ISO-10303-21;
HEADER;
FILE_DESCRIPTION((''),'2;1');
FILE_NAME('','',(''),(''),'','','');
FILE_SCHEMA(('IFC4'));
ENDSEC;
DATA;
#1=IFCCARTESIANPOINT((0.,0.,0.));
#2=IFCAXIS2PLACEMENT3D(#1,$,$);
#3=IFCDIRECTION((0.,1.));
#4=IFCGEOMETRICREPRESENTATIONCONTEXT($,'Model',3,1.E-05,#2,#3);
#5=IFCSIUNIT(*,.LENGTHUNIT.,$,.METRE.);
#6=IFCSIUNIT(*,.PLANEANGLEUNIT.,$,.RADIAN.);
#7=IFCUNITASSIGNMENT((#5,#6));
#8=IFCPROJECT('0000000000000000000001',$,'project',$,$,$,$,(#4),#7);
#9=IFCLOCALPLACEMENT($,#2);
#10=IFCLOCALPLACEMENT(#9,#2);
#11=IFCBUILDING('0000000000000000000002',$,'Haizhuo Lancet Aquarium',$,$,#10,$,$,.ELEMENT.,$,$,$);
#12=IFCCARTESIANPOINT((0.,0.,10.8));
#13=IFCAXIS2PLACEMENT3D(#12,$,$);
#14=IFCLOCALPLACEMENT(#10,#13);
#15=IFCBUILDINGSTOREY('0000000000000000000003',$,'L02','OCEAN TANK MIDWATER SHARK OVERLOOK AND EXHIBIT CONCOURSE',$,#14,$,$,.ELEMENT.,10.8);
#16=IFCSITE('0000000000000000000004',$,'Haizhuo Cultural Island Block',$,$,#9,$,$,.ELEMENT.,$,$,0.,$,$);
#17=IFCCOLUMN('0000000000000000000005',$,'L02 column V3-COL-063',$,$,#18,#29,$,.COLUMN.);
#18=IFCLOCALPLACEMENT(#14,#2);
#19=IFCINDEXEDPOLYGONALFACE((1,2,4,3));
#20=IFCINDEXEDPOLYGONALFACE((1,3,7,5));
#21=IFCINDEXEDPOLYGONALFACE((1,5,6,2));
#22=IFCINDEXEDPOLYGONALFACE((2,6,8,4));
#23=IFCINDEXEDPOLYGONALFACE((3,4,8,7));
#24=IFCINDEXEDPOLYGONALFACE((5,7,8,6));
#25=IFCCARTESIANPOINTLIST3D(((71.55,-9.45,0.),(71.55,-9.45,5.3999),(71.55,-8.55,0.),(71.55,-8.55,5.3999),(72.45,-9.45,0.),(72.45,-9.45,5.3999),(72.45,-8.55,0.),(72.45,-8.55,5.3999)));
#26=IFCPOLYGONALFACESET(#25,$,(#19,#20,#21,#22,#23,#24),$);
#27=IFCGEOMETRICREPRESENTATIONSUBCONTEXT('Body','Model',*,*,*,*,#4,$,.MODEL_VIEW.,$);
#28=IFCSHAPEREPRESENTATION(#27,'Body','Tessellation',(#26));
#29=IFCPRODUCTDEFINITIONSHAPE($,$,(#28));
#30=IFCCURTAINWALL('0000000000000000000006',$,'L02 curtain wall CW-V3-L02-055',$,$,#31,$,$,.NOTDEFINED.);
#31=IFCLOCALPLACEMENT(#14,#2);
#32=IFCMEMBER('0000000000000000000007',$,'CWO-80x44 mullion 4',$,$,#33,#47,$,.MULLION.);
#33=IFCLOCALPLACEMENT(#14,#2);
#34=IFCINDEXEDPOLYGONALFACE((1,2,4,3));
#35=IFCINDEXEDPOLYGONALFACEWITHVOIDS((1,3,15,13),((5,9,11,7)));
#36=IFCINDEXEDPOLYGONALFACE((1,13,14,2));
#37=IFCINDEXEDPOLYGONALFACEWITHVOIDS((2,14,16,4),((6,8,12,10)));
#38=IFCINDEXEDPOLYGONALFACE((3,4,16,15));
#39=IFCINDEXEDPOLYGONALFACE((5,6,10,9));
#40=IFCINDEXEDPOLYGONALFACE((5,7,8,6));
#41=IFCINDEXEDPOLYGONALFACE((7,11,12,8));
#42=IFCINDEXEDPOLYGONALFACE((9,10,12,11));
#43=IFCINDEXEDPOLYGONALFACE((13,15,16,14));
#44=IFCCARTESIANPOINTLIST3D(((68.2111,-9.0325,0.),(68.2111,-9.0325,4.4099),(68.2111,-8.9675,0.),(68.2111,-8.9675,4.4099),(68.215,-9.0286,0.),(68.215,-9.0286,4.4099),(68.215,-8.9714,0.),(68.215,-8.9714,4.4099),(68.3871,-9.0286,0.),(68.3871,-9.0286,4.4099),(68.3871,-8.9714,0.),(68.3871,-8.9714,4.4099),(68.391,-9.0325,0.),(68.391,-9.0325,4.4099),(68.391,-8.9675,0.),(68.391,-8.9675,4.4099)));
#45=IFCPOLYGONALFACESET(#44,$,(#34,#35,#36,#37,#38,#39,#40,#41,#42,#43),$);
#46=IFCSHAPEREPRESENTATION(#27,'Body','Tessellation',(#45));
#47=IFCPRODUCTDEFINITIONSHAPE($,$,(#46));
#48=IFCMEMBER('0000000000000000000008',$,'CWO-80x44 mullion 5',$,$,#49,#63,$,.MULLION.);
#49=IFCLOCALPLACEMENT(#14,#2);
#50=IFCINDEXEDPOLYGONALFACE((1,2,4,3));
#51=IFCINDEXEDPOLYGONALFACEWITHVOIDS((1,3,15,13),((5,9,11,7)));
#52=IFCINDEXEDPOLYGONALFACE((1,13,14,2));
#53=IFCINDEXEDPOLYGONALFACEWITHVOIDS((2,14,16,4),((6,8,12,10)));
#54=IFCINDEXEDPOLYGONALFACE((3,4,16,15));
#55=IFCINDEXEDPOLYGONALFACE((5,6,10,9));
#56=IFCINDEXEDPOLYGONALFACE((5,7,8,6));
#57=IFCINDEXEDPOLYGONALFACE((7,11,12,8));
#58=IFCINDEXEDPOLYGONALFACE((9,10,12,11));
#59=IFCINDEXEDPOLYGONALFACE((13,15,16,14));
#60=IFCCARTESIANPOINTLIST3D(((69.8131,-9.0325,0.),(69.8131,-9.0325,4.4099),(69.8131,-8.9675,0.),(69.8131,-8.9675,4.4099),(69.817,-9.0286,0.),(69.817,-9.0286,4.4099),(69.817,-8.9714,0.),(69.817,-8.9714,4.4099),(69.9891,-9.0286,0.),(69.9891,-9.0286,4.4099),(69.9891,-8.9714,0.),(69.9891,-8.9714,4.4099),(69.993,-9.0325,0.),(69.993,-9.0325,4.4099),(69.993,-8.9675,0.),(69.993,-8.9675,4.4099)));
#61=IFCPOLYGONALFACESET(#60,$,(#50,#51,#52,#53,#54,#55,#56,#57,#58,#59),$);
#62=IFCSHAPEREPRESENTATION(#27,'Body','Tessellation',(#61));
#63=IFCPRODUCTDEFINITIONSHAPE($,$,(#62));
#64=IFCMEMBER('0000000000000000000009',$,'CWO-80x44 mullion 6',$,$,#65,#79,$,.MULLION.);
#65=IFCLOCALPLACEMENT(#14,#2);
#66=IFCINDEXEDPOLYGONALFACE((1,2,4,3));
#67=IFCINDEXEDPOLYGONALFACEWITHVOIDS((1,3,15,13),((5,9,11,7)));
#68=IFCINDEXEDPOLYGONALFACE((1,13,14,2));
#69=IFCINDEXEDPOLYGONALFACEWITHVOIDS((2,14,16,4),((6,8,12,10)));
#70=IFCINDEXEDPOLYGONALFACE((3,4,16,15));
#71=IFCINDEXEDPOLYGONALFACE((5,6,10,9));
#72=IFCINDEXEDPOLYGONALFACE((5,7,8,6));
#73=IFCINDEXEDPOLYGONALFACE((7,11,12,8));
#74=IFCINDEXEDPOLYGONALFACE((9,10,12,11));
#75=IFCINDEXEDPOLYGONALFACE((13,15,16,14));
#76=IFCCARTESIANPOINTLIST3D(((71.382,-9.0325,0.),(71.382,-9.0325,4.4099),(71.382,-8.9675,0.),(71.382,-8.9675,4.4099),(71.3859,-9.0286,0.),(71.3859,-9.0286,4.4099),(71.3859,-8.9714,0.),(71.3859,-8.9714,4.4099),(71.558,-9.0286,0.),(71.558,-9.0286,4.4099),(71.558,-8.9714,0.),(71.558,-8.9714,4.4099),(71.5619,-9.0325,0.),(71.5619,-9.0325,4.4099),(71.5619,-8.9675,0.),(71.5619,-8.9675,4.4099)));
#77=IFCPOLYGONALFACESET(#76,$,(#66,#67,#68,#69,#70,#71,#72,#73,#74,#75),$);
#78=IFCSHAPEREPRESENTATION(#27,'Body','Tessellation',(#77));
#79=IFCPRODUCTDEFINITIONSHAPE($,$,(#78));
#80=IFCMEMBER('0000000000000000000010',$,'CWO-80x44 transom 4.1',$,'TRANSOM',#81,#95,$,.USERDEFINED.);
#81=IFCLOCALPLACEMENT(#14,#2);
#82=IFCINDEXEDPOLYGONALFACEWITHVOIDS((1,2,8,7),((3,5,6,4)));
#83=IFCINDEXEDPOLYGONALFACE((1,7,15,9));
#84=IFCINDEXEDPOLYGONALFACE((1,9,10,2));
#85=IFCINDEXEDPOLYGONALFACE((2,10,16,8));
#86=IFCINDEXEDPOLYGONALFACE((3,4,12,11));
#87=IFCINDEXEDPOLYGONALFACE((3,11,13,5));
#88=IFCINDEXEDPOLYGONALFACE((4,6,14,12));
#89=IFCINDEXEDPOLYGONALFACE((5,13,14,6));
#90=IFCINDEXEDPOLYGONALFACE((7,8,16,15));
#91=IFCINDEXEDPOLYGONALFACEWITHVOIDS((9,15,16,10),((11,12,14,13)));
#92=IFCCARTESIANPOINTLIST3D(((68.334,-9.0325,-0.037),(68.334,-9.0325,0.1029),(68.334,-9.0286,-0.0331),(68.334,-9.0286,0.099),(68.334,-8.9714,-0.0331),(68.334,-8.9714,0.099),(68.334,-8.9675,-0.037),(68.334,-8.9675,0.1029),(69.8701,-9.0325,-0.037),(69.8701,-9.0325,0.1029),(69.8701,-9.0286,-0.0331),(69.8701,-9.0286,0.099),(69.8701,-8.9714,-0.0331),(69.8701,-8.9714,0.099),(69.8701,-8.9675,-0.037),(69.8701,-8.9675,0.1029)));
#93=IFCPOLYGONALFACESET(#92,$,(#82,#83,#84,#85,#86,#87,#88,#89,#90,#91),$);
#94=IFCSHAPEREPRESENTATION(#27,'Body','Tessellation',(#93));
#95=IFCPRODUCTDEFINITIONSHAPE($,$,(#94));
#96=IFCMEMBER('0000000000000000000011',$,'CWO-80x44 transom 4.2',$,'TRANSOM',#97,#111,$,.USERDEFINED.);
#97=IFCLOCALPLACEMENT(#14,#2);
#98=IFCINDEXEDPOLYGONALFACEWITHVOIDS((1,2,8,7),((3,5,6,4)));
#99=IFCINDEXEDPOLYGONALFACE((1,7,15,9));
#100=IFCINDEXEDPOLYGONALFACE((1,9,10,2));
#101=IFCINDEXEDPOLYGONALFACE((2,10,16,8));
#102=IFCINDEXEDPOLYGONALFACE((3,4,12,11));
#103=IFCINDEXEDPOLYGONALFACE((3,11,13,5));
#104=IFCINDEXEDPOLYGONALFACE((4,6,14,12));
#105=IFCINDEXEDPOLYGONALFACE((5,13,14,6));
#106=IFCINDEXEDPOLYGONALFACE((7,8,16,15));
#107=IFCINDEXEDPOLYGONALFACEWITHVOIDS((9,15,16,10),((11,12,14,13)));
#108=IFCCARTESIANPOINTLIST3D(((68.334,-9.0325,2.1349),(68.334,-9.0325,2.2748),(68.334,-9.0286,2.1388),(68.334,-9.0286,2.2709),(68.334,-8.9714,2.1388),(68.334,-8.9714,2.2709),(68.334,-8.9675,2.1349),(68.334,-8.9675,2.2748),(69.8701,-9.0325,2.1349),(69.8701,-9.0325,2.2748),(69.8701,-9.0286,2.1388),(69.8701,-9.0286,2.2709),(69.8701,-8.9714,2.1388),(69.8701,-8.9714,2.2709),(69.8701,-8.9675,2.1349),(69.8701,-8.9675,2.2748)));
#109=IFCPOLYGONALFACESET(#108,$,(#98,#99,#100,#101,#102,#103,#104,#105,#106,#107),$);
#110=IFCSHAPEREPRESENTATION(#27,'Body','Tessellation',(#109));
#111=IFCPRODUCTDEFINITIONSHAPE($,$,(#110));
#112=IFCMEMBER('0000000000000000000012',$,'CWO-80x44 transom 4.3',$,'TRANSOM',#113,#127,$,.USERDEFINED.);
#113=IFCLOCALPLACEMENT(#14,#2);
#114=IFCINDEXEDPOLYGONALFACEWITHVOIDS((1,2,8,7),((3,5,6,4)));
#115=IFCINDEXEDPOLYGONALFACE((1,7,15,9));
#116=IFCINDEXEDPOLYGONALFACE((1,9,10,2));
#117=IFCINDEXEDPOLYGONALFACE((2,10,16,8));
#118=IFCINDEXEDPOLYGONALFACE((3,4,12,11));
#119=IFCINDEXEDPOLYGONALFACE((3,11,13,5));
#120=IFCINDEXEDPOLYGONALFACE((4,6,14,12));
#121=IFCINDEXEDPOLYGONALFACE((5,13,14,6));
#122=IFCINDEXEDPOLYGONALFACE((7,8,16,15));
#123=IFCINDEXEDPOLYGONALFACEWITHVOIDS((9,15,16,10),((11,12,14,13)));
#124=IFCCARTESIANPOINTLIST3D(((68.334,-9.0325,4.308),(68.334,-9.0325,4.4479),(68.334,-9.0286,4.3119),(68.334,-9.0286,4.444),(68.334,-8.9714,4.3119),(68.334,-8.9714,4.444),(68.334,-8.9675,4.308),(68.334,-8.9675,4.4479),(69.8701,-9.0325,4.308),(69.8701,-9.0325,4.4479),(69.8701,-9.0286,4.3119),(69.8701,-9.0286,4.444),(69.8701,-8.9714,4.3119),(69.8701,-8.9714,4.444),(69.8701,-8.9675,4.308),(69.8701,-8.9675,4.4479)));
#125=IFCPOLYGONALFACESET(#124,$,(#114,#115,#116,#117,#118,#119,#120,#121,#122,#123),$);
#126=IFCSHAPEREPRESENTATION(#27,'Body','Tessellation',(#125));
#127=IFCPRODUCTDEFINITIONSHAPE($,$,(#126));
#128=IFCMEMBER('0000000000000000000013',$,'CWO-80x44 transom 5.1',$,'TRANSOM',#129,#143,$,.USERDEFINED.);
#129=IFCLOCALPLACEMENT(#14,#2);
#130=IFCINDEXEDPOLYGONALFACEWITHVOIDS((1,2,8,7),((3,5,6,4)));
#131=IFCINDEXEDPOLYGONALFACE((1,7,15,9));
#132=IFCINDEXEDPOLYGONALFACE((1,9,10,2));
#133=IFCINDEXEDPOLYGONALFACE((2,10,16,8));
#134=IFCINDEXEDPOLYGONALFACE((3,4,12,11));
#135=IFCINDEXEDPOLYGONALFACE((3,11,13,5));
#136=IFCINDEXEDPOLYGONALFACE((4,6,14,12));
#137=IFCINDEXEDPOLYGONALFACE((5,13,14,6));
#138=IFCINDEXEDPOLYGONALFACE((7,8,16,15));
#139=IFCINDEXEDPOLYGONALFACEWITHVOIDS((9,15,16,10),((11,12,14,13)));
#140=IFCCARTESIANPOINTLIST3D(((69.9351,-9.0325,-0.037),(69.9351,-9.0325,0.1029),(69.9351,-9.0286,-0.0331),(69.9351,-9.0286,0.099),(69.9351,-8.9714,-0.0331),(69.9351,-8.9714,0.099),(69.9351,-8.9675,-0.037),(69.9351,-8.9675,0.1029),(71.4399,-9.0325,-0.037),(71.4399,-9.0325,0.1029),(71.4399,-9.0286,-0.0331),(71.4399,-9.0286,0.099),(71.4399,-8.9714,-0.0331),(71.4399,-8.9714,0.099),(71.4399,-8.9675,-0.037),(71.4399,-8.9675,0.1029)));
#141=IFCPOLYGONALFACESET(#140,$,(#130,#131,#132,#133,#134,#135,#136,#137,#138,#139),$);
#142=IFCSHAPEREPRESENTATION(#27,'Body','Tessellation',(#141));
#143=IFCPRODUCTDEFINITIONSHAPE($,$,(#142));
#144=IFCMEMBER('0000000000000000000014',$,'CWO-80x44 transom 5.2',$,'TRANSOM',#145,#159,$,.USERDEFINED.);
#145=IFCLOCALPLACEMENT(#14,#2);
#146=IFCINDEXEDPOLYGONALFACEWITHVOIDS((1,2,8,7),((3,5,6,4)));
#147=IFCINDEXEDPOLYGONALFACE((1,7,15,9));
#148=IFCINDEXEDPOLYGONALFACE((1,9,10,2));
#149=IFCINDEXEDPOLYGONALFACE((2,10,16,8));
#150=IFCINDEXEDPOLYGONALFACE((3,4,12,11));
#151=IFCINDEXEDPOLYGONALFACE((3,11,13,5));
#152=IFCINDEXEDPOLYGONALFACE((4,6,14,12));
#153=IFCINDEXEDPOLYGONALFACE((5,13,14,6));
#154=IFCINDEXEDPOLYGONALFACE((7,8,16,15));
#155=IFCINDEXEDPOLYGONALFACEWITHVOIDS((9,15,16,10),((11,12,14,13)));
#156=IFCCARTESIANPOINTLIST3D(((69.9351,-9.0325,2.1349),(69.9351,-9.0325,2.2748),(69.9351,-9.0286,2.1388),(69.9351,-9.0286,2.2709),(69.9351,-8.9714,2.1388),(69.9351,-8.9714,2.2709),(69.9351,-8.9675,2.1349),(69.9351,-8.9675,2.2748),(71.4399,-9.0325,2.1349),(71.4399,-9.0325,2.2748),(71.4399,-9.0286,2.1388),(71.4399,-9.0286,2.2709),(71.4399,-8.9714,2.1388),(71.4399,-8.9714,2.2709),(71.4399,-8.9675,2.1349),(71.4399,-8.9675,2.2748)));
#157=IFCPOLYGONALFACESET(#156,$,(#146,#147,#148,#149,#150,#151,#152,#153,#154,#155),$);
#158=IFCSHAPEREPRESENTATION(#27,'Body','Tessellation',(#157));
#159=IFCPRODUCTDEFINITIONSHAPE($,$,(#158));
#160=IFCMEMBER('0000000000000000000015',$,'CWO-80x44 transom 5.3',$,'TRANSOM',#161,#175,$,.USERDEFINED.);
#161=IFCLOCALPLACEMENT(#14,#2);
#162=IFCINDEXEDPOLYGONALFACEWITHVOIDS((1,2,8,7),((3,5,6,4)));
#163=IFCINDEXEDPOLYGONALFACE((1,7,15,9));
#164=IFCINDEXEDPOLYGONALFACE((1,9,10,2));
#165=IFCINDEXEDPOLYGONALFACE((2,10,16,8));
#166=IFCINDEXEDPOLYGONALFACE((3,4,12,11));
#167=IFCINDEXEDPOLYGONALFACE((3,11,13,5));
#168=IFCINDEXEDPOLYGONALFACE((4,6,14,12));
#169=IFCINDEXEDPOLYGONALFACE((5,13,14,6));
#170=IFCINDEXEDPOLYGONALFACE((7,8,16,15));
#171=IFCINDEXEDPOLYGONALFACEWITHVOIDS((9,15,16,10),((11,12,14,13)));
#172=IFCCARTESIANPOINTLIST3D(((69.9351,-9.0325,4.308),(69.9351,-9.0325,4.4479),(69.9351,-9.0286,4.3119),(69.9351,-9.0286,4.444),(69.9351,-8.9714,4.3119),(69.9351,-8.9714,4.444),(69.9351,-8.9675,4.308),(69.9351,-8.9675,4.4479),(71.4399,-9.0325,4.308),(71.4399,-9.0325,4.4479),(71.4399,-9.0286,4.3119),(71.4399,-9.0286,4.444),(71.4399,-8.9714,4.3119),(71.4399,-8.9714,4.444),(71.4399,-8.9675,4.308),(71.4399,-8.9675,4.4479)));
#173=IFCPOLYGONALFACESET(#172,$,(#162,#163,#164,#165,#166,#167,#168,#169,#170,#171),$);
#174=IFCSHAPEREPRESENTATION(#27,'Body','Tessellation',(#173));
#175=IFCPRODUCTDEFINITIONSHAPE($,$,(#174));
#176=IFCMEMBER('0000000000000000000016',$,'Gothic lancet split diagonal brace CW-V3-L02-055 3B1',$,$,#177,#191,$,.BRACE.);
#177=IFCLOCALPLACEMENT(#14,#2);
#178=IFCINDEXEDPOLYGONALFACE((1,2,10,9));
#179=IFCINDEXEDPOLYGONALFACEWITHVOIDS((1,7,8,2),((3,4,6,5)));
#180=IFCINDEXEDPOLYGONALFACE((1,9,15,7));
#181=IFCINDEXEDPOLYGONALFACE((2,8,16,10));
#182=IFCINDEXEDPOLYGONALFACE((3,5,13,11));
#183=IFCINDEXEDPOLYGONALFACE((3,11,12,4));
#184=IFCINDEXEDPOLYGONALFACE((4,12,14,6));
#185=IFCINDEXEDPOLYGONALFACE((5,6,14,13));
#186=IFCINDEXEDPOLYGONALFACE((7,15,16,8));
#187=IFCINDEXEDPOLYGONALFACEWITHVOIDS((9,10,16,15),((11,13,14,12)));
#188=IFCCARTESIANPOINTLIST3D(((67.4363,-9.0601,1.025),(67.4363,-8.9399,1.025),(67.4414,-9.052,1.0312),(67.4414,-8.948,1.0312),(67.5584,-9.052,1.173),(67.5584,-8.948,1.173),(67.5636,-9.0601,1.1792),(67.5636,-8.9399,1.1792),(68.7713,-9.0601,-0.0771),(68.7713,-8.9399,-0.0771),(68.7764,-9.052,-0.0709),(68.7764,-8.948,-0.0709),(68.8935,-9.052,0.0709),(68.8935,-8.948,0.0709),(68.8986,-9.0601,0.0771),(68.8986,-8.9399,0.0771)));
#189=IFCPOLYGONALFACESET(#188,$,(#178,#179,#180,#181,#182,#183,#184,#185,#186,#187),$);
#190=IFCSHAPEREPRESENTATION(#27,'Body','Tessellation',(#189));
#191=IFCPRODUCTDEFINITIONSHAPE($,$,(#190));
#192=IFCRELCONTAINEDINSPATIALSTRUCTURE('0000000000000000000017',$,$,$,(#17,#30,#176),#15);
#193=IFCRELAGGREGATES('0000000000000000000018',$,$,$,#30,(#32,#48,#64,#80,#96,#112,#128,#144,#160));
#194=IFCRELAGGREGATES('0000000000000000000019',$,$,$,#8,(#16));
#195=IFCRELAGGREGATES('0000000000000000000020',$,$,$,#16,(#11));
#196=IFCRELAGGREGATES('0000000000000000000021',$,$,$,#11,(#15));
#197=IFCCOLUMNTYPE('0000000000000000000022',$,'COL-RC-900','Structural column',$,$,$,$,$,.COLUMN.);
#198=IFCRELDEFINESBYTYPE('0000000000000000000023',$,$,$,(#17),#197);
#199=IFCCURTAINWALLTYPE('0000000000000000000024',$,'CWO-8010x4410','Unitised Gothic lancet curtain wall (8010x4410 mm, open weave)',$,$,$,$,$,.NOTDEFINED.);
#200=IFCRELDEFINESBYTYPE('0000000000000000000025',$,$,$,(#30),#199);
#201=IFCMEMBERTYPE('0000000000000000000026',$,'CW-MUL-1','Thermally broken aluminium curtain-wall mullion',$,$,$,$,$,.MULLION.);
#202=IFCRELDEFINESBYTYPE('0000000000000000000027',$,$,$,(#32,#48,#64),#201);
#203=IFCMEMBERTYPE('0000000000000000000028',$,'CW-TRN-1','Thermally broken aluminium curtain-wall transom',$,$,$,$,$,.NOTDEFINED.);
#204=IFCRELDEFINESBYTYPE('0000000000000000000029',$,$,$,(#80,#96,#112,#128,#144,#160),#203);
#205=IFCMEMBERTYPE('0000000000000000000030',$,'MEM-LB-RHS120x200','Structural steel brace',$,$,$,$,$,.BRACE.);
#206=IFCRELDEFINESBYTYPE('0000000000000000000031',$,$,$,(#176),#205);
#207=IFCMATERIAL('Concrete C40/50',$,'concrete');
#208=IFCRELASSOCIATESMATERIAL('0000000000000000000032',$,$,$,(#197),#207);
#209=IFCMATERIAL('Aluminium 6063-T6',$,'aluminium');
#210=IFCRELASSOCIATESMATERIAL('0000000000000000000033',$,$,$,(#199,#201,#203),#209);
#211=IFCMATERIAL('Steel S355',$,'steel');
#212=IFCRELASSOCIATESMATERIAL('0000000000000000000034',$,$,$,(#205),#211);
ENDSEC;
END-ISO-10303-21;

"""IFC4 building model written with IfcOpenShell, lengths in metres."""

from ifc_helpers import new_model, si_unit, direction, frame, origin, origin_2d, place, context, subcontext, project, spatial, rectangle, hollow_rectangle, extrude, material, material_profile, profile_set, type_object, element, aggregate, save


model = new_model("IFC4")

# Units and contexts
model_context = context("Model", 3, precision=1e-05, world=origin(), true_north=direction((0.0, 1.0)))
body_context = subcontext(model_context, "Body", "Model", "MODEL_VIEW")
ifc_project = project(units=[si_unit("LENGTHUNIT", "METRE"), si_unit("PLANEANGLEUNIT", "RADIAN")], contexts=[model_context])

# Site, building, storey
site_placement = place(None, origin())
site = spatial("IfcSite", under=ifc_project, at=site_placement, Name="Haizhuo Cultural Island Block", CompositionType="ELEMENT", RefElevation=0.0)
building_placement = place(site_placement, origin())
building = spatial("IfcBuilding", under=site, at=building_placement, Name="Haizhuo Lancet Aquarium", CompositionType="ELEMENT")
storey_placement = place(building_placement, frame((0.0, 0.0, 10.8)))
storey = spatial("IfcBuildingStorey", under=building, at=storey_placement, Name="L02", Description="OCEAN TANK MIDWATER SHARK OVERLOOK AND EXHIBIT CONCOURSE", CompositionType="ELEMENT", Elevation=10.8)

# Column
ifc_material_1 = material(Name="Concrete C40/50", Category="concrete")
ifc_material_profile_1 = material_profile(ifc_material_1, rectangle(XDim=0.8999, YDim=0.8999, at=origin_2d()), Name="RC-COL 900x900")
ifc_profile_set_1 = profile_set([ifc_material_profile_1], Name="Concrete C40/50")
column_type = type_object("IfcColumnType", Name="COL-RC-900", Description="Structural column", PredefinedType="COLUMN", material=ifc_profile_set_1)
column_placement = place(storey_placement, frame((72.0, -9.0, 0.0), z_axis=(0.0, 0.0, 1.0), x_axis=(1.0, 0.0, 0.0)))
element("IfcColumn", 1, at=column_placement, inside=storey, type_object=column_type, Name="L02 column V3-COL-063", PredefinedType="COLUMN", context=body_context, shape_type="SweptSolid", body=[
    extrude(rectangle(XDim=0.8999, YDim=0.8999, at=origin_2d()), origin(), (0.0, 0.0, 1.0), 5.3999),
])

# Curtain wall, members
ifc_material_2 = material(Name="Aluminium 6063-T6", Category="aluminium")
curtain_wall_type = type_object("IfcCurtainWallType", Name="CWO-8010x4410", Description="Unitised Gothic lancet curtain wall (8010x4410 mm, open weave)", PredefinedType="NOTDEFINED", material=ifc_material_2)
curtain_wall_placement = place(storey_placement, origin())
curtain_wall = element("IfcCurtainWall", 2, at=curtain_wall_placement, inside=storey, type_object=curtain_wall_type, Name="L02 curtain wall CW-V3-L02-055", PredefinedType="NOTDEFINED")
ifc_material_profile_2 = material_profile(ifc_material_2, hollow_rectangle(XDim=0.0649, YDim=0.1799, WallThickness=0.0039, at=origin_2d()), Name="ALU-M 65x180x4")
ifc_profile_set_2 = profile_set([ifc_material_profile_2], Name="Aluminium 6063-T6")
member_type_1 = type_object("IfcMemberType", Name="CW-MUL-1", Description="Thermally broken aluminium curtain-wall mullion", PredefinedType="MULLION", material=ifc_profile_set_2)
member_1_placement = place(storey_placement, frame((68.301, -9.0, 0.0), z_axis=(0.0, 0.0, 1.0), x_axis=(0.0, 1.0, 0.0)))
member_1 = element("IfcMember", 3, at=member_1_placement, type_object=member_type_1, Name="CWO-80x44 mullion 4", PredefinedType="MULLION", context=body_context, shape_type="SweptSolid", body=[
    extrude(hollow_rectangle(XDim=0.0649, YDim=0.1799, WallThickness=0.0039, at=origin_2d()), origin(), (0.0, 0.0, 1.0), 4.4099),
])
member_2_placement = place(storey_placement, frame((69.9031, -9.0, 0.0), z_axis=(0.0, 0.0, 1.0), x_axis=(0.0, 1.0, 0.0)))
member_2 = element("IfcMember", 4, at=member_2_placement, type_object=member_type_1, Name="CWO-80x44 mullion 5", PredefinedType="MULLION", context=body_context, shape_type="SweptSolid", body=[
    extrude(hollow_rectangle(XDim=0.0649, YDim=0.1799, WallThickness=0.0039, at=origin_2d()), origin(), (0.0, 0.0, 1.0), 4.4099),
])
member_3_placement = place(storey_placement, frame((71.4719, -9.0, 0.0), z_axis=(0.0, 0.0, 1.0), x_axis=(0.0, 1.0, 0.0)))
member_3 = element("IfcMember", 5, at=member_3_placement, type_object=member_type_1, Name="CWO-80x44 mullion 6", PredefinedType="MULLION", context=body_context, shape_type="SweptSolid", body=[
    extrude(hollow_rectangle(XDim=0.0649, YDim=0.1799, WallThickness=0.0039, at=origin_2d()), origin(), (0.0, 0.0, 1.0), 4.4099),
])
ifc_material_profile_3 = material_profile(ifc_material_2, hollow_rectangle(XDim=0.0649, YDim=0.1399, WallThickness=0.0039, at=origin_2d()), Name="ALU-T 65x140x4")
ifc_profile_set_3 = profile_set([ifc_material_profile_3], Name="Aluminium 6063-T6")
member_type_2 = type_object("IfcMemberType", Name="CW-TRN-1", Description="Thermally broken aluminium curtain-wall transom", PredefinedType="NOTDEFINED", material=ifc_profile_set_3)
member_4_placement = place(storey_placement, frame((68.334, -9.0, 0.033), z_axis=(1.0, 0.0, 0.0), x_axis=(0.0, 1.0, 0.0)))
member_4 = element("IfcMember", 6, at=member_4_placement, type_object=member_type_2, Name="CWO-80x44 transom 4.1", ObjectType="TRANSOM", PredefinedType="USERDEFINED", context=body_context, shape_type="SweptSolid", body=[
    extrude(hollow_rectangle(XDim=0.0649, YDim=0.1399, WallThickness=0.0039, at=origin_2d()), origin(), (0.0, 0.0, 1.0), 1.5361),
])
member_5_placement = place(storey_placement, frame((68.334, -9.0, 2.2048), z_axis=(1.0, 0.0, 0.0), x_axis=(0.0, 1.0, 0.0)))
member_5 = element("IfcMember", 7, at=member_5_placement, type_object=member_type_2, Name="CWO-80x44 transom 4.2", ObjectType="TRANSOM", PredefinedType="USERDEFINED", context=body_context, shape_type="SweptSolid", body=[
    extrude(hollow_rectangle(XDim=0.0649, YDim=0.1399, WallThickness=0.0039, at=origin_2d()), origin(), (0.0, 0.0, 1.0), 1.5361),
])
member_6_placement = place(storey_placement, frame((68.334, -9.0, 4.3779), z_axis=(1.0, 0.0, 0.0), x_axis=(0.0, 1.0, 0.0)))
member_6 = element("IfcMember", 8, at=member_6_placement, type_object=member_type_2, Name="CWO-80x44 transom 4.3", ObjectType="TRANSOM", PredefinedType="USERDEFINED", context=body_context, shape_type="SweptSolid", body=[
    extrude(hollow_rectangle(XDim=0.0649, YDim=0.1399, WallThickness=0.0039, at=origin_2d()), origin(), (0.0, 0.0, 1.0), 1.5361),
])
member_7_placement = place(storey_placement, frame((69.9351, -9.0, 0.033), z_axis=(1.0, 0.0, 0.0), x_axis=(0.0, 1.0, 0.0)))
member_7 = element("IfcMember", 9, at=member_7_placement, type_object=member_type_2, Name="CWO-80x44 transom 5.1", ObjectType="TRANSOM", PredefinedType="USERDEFINED", context=body_context, shape_type="SweptSolid", body=[
    extrude(hollow_rectangle(XDim=0.0649, YDim=0.1399, WallThickness=0.0039, at=origin_2d()), origin(), (0.0, 0.0, 1.0), 1.5049),
])
member_8_placement = place(storey_placement, frame((69.9351, -9.0, 2.2048), z_axis=(1.0, 0.0, 0.0), x_axis=(0.0, 1.0, 0.0)))
member_8 = element("IfcMember", 10, at=member_8_placement, type_object=member_type_2, Name="CWO-80x44 transom 5.2", ObjectType="TRANSOM", PredefinedType="USERDEFINED", context=body_context, shape_type="SweptSolid", body=[
    extrude(hollow_rectangle(XDim=0.0649, YDim=0.1399, WallThickness=0.0039, at=origin_2d()), origin(), (0.0, 0.0, 1.0), 1.5049),
])
member_9_placement = place(storey_placement, frame((69.9351, -9.0, 4.3779), z_axis=(1.0, 0.0, 0.0), x_axis=(0.0, 1.0, 0.0)))
member_9 = element("IfcMember", 11, at=member_9_placement, type_object=member_type_2, Name="CWO-80x44 transom 5.3", ObjectType="TRANSOM", PredefinedType="USERDEFINED", context=body_context, shape_type="SweptSolid", body=[
    extrude(hollow_rectangle(XDim=0.0649, YDim=0.1399, WallThickness=0.0039, at=origin_2d()), origin(), (0.0, 0.0, 1.0), 1.5049),
])

# Member
ifc_material_3 = material(Name="Steel S355", Category="steel")
ifc_material_profile_4 = material_profile(ifc_material_3, hollow_rectangle(XDim=0.1201, YDim=0.2, WallThickness=0.0081, at=origin_2d()), Name="RHS 120x200x8")
ifc_profile_set_4 = profile_set([ifc_material_profile_4], Name="Steel S355")
member_type_3 = type_object("IfcMemberType", Name="MEM-LB-RHS120x200", Description="Structural steel brace", PredefinedType="BRACE", material=ifc_profile_set_4)
member_10_placement = place(storey_placement, frame((68.835, -9.0, 0.0), z_axis=(-0.771172, 0.0, 0.636626), x_axis=(0.0, -1.0, 0.0)))
element("IfcMember", 12, at=member_10_placement, inside=storey, type_object=member_type_3, Name="Gothic lancet split diagonal brace CW-V3-L02-055 3B1", PredefinedType="BRACE", context=body_context, shape_type="SweptSolid", body=[
    extrude(hollow_rectangle(XDim=0.1201, YDim=0.2, WallThickness=0.0081, at=origin_2d()), origin(), (0.0, 0.0, 1.0), 1.7312),
])

aggregate(curtain_wall, [member_1, member_2, member_3, member_4, member_5, member_6, member_7, member_8, member_9])

save(model, "model.ifc")
